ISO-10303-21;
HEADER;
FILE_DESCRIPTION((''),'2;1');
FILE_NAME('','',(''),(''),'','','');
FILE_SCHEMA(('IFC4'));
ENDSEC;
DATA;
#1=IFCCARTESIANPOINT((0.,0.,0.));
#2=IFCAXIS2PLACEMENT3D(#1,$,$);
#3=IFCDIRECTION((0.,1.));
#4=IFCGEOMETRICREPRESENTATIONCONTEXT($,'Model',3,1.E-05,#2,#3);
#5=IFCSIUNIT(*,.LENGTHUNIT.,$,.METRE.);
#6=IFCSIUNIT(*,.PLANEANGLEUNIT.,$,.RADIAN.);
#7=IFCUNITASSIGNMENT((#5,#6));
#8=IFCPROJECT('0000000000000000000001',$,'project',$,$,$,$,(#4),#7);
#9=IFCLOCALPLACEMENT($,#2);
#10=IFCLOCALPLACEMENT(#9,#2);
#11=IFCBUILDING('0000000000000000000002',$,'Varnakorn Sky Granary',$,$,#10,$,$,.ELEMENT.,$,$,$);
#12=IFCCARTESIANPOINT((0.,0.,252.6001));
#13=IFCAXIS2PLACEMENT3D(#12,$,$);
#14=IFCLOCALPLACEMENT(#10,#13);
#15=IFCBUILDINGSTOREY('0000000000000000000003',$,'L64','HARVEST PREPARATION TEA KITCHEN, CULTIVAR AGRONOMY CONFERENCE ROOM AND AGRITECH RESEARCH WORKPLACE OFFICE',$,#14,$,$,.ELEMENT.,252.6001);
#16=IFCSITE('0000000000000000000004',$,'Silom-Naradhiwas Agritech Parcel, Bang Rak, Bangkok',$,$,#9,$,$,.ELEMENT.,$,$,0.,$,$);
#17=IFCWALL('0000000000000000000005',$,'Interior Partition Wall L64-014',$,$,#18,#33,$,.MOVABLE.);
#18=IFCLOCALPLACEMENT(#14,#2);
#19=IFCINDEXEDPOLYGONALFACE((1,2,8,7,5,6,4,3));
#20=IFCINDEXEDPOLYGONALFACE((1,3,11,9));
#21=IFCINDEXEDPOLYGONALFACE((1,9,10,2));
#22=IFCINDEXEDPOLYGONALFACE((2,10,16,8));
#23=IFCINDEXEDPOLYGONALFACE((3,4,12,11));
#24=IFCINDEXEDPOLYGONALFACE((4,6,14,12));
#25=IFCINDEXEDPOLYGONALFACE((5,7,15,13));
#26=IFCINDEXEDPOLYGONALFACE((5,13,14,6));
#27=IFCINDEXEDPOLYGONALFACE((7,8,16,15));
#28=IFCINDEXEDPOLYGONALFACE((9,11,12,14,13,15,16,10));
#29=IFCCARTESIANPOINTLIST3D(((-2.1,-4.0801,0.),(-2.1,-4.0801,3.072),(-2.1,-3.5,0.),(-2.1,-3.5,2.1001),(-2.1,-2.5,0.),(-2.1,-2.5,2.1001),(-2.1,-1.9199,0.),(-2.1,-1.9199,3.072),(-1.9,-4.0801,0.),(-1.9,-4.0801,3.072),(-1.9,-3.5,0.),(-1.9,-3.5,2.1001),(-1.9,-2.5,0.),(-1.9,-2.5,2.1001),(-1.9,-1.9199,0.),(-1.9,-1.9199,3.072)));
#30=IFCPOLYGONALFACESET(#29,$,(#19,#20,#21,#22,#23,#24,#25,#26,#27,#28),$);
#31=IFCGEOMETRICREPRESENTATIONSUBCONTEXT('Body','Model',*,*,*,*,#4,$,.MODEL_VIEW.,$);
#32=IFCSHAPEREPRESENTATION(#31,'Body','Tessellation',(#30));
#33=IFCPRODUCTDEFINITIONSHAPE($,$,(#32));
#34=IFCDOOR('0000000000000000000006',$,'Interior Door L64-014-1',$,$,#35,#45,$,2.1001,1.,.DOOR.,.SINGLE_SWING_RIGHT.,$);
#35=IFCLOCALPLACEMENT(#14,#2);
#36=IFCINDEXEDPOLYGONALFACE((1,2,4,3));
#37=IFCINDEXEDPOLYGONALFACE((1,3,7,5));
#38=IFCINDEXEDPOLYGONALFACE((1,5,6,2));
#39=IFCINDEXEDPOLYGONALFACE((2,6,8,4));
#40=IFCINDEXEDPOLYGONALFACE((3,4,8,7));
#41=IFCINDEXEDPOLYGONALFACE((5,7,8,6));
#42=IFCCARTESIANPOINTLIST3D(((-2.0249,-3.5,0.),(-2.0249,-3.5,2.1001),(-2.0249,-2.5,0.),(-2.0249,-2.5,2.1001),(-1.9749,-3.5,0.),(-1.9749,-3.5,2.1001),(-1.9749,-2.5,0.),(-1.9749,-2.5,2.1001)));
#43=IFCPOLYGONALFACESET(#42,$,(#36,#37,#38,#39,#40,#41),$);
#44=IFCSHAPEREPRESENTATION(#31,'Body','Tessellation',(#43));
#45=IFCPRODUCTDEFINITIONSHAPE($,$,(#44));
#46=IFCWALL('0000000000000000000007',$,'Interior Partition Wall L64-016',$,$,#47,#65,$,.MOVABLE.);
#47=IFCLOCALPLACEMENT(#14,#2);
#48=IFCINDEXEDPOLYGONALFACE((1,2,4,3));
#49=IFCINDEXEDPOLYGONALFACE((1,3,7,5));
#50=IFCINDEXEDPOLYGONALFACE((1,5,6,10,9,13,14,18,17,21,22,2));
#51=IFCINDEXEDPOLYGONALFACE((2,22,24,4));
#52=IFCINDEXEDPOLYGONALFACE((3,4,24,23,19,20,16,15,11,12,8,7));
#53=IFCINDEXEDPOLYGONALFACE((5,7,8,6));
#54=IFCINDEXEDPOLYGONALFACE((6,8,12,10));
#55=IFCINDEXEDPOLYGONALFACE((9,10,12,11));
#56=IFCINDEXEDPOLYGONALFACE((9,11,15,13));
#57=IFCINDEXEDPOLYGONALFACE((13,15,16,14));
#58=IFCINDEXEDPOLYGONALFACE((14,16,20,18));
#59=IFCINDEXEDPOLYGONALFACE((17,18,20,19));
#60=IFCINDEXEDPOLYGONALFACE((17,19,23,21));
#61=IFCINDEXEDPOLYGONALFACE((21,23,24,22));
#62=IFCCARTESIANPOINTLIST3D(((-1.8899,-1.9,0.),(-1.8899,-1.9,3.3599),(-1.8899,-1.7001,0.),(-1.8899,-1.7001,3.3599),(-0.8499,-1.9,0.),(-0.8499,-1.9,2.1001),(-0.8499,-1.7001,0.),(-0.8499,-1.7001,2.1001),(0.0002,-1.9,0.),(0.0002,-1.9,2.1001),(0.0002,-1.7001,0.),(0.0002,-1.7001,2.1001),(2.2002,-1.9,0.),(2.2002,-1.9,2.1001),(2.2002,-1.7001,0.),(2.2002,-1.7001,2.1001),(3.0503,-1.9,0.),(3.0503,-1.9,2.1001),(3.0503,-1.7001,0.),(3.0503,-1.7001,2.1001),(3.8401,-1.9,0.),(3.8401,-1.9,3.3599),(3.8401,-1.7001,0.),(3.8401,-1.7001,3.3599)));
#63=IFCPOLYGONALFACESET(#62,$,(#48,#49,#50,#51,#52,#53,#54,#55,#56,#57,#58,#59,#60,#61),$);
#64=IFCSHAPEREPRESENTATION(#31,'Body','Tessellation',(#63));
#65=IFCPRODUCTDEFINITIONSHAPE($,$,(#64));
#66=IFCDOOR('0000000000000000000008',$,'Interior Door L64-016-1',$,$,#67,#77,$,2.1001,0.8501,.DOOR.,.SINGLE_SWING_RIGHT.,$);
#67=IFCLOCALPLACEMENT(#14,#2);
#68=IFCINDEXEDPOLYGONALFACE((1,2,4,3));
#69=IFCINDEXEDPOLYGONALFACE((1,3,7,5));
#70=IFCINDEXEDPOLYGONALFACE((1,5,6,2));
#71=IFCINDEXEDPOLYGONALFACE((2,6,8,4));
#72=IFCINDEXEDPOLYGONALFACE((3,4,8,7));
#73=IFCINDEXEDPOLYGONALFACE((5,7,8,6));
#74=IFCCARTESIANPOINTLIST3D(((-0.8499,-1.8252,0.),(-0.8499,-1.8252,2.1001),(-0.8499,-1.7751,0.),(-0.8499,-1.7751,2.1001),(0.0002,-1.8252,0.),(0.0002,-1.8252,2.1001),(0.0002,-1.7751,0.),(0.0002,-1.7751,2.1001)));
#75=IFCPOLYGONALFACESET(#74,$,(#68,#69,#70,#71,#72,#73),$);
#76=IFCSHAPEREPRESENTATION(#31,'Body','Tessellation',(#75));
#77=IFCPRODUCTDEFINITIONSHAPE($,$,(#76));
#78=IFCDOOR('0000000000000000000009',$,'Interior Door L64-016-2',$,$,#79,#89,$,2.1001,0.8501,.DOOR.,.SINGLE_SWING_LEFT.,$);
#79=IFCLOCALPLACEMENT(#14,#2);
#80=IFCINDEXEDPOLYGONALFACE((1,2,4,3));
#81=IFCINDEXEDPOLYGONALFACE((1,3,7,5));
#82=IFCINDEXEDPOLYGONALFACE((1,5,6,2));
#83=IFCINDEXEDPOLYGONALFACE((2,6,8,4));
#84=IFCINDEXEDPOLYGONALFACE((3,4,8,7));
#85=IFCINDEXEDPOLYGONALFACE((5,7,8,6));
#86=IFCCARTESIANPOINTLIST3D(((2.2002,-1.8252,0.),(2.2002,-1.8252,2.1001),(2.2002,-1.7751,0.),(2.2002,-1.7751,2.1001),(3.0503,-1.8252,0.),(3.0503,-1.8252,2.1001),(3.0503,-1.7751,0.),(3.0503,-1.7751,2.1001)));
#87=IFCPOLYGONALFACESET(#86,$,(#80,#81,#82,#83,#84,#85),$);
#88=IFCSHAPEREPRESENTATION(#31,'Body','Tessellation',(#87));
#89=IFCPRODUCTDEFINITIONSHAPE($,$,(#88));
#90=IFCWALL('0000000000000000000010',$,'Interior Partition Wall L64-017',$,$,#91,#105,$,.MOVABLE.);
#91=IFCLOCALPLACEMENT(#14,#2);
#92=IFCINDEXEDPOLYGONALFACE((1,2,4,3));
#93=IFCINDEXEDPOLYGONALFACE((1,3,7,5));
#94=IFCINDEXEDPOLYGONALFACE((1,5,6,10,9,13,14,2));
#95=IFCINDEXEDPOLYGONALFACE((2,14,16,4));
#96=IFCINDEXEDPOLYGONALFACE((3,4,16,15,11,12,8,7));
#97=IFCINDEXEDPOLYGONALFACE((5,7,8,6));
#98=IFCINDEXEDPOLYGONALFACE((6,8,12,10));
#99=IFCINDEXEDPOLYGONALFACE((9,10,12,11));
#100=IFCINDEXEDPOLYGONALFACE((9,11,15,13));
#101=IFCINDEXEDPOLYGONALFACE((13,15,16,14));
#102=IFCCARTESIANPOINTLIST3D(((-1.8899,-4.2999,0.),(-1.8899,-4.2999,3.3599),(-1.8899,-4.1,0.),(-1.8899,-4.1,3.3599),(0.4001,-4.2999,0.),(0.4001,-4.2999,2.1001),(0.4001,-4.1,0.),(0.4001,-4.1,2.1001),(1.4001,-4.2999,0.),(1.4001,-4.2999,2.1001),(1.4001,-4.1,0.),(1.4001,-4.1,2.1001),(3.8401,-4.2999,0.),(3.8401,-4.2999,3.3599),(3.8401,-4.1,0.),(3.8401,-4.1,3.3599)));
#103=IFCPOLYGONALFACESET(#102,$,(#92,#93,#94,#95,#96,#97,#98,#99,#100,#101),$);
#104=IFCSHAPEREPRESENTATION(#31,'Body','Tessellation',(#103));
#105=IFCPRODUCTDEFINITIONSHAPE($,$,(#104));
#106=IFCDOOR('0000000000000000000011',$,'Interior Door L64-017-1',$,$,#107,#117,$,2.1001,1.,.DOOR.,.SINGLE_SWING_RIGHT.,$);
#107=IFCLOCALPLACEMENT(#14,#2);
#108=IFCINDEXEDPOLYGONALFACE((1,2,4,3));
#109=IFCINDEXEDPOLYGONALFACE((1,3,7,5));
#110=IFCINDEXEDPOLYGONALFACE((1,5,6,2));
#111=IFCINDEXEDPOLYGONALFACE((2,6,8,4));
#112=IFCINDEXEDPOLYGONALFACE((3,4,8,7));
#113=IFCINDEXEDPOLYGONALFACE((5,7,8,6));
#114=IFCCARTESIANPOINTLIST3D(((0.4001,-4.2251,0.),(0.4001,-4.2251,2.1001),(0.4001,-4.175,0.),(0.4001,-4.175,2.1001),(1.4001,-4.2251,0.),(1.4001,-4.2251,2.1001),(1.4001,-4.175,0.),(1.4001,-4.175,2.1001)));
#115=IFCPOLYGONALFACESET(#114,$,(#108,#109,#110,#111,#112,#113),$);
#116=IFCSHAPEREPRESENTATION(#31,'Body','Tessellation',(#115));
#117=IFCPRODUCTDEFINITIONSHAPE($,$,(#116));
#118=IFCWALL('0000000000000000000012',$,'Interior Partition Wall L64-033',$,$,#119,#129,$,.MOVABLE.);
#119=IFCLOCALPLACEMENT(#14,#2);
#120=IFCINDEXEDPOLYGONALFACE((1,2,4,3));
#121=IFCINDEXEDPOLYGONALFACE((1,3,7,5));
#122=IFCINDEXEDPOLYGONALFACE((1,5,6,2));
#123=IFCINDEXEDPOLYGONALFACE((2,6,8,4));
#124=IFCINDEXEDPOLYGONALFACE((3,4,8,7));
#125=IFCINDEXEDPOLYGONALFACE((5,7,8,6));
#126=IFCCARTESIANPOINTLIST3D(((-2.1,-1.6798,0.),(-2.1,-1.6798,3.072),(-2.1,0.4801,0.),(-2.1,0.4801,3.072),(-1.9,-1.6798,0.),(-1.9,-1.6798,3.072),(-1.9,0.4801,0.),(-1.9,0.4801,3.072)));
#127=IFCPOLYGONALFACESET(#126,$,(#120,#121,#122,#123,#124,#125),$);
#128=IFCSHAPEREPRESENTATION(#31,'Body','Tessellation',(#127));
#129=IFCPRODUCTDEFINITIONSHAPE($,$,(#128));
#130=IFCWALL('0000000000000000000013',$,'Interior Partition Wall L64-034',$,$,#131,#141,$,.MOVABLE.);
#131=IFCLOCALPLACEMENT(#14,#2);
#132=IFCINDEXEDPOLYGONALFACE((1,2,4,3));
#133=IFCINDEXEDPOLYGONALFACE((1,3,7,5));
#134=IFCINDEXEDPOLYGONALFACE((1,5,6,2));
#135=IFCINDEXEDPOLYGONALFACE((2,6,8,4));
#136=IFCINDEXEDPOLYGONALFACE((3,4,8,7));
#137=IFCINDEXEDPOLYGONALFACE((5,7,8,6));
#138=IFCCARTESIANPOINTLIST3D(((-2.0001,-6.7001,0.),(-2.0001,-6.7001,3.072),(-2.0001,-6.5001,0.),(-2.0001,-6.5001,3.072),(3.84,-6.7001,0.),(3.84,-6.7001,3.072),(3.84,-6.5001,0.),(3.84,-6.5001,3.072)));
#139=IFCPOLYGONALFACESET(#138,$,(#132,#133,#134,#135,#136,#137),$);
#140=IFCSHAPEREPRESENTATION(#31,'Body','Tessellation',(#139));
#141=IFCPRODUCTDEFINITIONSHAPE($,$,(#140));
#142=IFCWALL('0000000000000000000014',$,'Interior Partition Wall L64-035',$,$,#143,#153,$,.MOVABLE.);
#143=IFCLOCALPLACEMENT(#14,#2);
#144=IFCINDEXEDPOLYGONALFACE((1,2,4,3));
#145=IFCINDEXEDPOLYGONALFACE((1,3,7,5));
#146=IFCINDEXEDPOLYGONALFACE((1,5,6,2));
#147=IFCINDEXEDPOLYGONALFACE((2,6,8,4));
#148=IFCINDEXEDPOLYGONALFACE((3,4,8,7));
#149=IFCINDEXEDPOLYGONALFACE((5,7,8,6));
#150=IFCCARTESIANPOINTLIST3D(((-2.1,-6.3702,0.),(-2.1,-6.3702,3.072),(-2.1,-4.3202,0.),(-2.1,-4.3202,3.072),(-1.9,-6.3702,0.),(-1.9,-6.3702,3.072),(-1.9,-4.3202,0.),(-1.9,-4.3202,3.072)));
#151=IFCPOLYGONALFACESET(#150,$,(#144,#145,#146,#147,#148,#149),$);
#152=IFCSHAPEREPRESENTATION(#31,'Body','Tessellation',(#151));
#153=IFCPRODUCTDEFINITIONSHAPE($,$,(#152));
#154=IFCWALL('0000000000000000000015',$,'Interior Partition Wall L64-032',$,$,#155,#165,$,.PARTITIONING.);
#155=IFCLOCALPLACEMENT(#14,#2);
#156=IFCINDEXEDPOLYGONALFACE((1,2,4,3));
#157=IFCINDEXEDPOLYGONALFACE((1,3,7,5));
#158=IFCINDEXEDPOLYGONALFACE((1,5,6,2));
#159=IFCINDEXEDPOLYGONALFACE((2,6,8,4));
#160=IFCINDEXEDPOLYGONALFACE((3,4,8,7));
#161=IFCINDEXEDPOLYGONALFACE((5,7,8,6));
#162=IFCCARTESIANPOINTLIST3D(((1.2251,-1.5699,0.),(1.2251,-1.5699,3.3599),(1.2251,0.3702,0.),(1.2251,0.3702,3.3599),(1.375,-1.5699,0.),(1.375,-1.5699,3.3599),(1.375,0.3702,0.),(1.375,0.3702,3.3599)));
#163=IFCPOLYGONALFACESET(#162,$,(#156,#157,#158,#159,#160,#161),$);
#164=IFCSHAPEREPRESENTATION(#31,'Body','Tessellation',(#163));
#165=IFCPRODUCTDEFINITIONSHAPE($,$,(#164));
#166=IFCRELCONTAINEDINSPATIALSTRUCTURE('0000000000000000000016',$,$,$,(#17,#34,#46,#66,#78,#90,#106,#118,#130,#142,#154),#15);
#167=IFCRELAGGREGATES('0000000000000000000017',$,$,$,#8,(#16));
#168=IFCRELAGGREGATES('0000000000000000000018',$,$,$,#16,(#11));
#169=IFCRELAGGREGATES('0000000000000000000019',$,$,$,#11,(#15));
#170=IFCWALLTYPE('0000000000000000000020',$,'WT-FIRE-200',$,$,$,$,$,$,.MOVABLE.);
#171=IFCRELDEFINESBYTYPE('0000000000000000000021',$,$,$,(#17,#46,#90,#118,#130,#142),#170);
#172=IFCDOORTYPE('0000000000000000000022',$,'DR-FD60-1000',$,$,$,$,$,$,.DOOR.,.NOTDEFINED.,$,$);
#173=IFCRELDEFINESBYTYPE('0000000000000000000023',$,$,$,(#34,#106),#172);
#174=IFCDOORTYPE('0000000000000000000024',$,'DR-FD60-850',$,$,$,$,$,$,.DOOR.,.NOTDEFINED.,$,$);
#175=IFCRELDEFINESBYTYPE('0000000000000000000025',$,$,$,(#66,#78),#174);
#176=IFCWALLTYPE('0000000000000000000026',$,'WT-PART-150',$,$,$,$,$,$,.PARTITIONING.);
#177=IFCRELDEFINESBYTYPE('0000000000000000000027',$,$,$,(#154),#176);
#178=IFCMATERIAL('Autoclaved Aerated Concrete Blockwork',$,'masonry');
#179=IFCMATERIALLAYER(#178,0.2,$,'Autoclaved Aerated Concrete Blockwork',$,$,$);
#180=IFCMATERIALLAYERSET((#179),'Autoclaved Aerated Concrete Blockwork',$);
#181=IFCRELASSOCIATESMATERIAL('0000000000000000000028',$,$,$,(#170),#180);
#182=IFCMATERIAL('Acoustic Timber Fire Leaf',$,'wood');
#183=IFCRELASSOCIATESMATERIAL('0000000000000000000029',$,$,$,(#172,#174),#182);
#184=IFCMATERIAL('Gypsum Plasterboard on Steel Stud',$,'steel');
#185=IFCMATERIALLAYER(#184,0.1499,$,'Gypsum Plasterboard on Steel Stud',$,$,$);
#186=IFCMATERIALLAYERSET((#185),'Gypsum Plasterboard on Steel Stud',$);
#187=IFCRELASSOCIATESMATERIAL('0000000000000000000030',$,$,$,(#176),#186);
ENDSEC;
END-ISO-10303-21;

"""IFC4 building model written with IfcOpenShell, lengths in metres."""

from ifc_helpers import new_model, si_unit, direction, frame, frame_2d, origin, place, context, subcontext, project, spatial, rectangle, extrude, material, layer, layer_set, type_object, element, fill, save


model = new_model("IFC4")

# Units and contexts
model_context = context("Model", 3, precision=1e-05, world=origin(), true_north=direction((0.0, 1.0)))
body_context = subcontext(model_context, "Body", "Model", "MODEL_VIEW")
ifc_project = project(units=[si_unit("LENGTHUNIT", "METRE"), si_unit("PLANEANGLEUNIT", "RADIAN")], contexts=[model_context])

# Site, building, storey
site_placement = place(None, origin())
site = spatial("IfcSite", under=ifc_project, at=site_placement, Name="Silom-Naradhiwas Agritech Parcel, Bang Rak, Bangkok", CompositionType="ELEMENT", RefElevation=0.0)
building_placement = place(site_placement, origin())
building = spatial("IfcBuilding", under=site, at=building_placement, Name="Varnakorn Sky Granary", CompositionType="ELEMENT")
storey_placement = place(building_placement, frame((0.0, 0.0, 252.6001)))
storey = spatial("IfcBuildingStorey", under=building, at=storey_placement, Name="L64", Description="HARVEST PREPARATION TEA KITCHEN, CULTIVAR AGRONOMY CONFERENCE ROOM AND AGRITECH RESEARCH WORKPLACE OFFICE", CompositionType="ELEMENT", Elevation=252.6001)

# Wall, opening, door
ifc_material_1 = material(Name="Autoclaved Aerated Concrete Blockwork", Category="masonry")
ifc_layer_1 = layer(ifc_material_1, 0.2, Name="Autoclaved Aerated Concrete Blockwork")
ifc_layer_set_1 = layer_set([ifc_layer_1], Name="Autoclaved Aerated Concrete Blockwork")
wall_type_1 = type_object("IfcWallType", Name="WT-FIRE-200", PredefinedType="MOVABLE", material=ifc_layer_set_1)
wall_1_placement = place(storey_placement, frame((-2.0, -4.0801, 0.0), z_axis=(0.0, 0.0, 1.0), x_axis=(0.0, 1.0, 0.0)))
wall_1 = element("IfcWall", 1, at=wall_1_placement, inside=storey, type_object=wall_type_1, Name="Interior Partition Wall L64-014", PredefinedType="MOVABLE", context=body_context, shape_type="SweptSolid", body=[
    extrude(rectangle(XDim=2.1602, YDim=0.2, at=frame_2d((1.0801, 0.0))), origin(), (0.0, 0.0, 1.0), 3.072),
])
opening_1_placement = place(wall_1_placement, frame((0.5801, 0.0, 0.0)))
opening_1 = element("IfcOpeningElement", 2, at=opening_1_placement, cuts=wall_1, PredefinedType="OPENING", context=body_context, shape_type="SweptSolid", body=[
    extrude(rectangle(XDim=1.0, YDim=2.1001, at=frame_2d((0.5, 1.05))), frame((0.0, 0.1099, 0.0), z_axis=(0.0, -1.0, 0.0), x_axis=(1.0, 0.0, 0.0)), (0.0, 0.0, 1.0), 0.22),
])
ifc_material_2 = material(Name="Acoustic Timber Fire Leaf", Category="wood")
door_type_1 = type_object("IfcDoorType", Name="DR-FD60-1000", OperationType="NOTDEFINED", PredefinedType="DOOR", material=ifc_material_2)
door_1_placement = place(opening_1_placement, origin())
door_1 = element("IfcDoor", 3, at=door_1_placement, inside=storey, type_object=door_type_1, Name="Interior Door L64-014-1", OperationType="SINGLE_SWING_RIGHT", OverallHeight=2.1001, OverallWidth=1.0, PredefinedType="DOOR", context=body_context, shape_type="SweptSolid", body=[
    extrude(rectangle(XDim=1.0, YDim=2.1001, at=frame_2d((0.5, 1.05))), frame((0.0, 0.0249, 0.0), z_axis=(0.0, -1.0, 0.0), x_axis=(1.0, 0.0, 0.0)), (0.0, 0.0, 1.0), 0.05),
])
fill(opening_1, door_1)

# Wall, openings, doors
wall_2_placement = place(storey_placement, frame((-1.8899, -1.8, 0.0), z_axis=(0.0, 0.0, 1.0), x_axis=(1.0, 0.0, 0.0)))
wall_2 = element("IfcWall", 4, at=wall_2_placement, inside=storey, type_object=wall_type_1, Name="Interior Partition Wall L64-016", PredefinedType="MOVABLE", context=body_context, shape_type="SweptSolid", body=[
    extrude(rectangle(XDim=5.73, YDim=0.2, at=frame_2d((2.865, 0.0))), origin(), (0.0, 0.0, 1.0), 3.3599),
])
opening_2_placement = place(wall_2_placement, frame((1.04, 0.0, 0.0)))
opening_2 = element("IfcOpeningElement", 5, at=opening_2_placement, cuts=wall_2, PredefinedType="OPENING", context=body_context, shape_type="SweptSolid", body=[
    extrude(rectangle(XDim=0.8501, YDim=2.1001, at=frame_2d((0.425, 1.05))), frame((0.0, 0.1099, 0.0), z_axis=(0.0, -1.0, 0.0), x_axis=(1.0, 0.0, 0.0)), (0.0, 0.0, 1.0), 0.22),
])
opening_3_placement = place(wall_2_placement, frame((4.0901, 0.0, 0.0)))
opening_3 = element("IfcOpeningElement", 6, at=opening_3_placement, cuts=wall_2, PredefinedType="OPENING", context=body_context, shape_type="SweptSolid", body=[
    extrude(rectangle(XDim=0.8501, YDim=2.1001, at=frame_2d((0.425, 1.05))), frame((0.0, 0.1099, 0.0), z_axis=(0.0, -1.0, 0.0), x_axis=(1.0, 0.0, 0.0)), (0.0, 0.0, 1.0), 0.22),
])
door_type_2 = type_object("IfcDoorType", Name="DR-FD60-850", OperationType="NOTDEFINED", PredefinedType="DOOR", material=ifc_material_2)
door_2_placement = place(opening_2_placement, origin())
door_2 = element("IfcDoor", 7, at=door_2_placement, inside=storey, type_object=door_type_2, Name="Interior Door L64-016-1", OperationType="SINGLE_SWING_RIGHT", OverallHeight=2.1001, OverallWidth=0.8501, PredefinedType="DOOR", context=body_context, shape_type="SweptSolid", body=[
    extrude(rectangle(XDim=0.8501, YDim=2.1001, at=frame_2d((0.425, 1.05))), frame((0.0, 0.0249, 0.0), z_axis=(0.0, -1.0, 0.0), x_axis=(1.0, 0.0, 0.0)), (0.0, 0.0, 1.0), 0.05),
])
fill(opening_2, door_2)
door_3_placement = place(opening_3_placement, origin())
door_3 = element("IfcDoor", 8, at=door_3_placement, inside=storey, type_object=door_type_2, Name="Interior Door L64-016-2", OperationType="SINGLE_SWING_LEFT", OverallHeight=2.1001, OverallWidth=0.8501, PredefinedType="DOOR", context=body_context, shape_type="SweptSolid", body=[
    extrude(rectangle(XDim=0.8501, YDim=2.1001, at=frame_2d((0.425, 1.05))), frame((0.0, 0.0249, 0.0), z_axis=(0.0, -1.0, 0.0), x_axis=(1.0, 0.0, 0.0)), (0.0, 0.0, 1.0), 0.05),
])
fill(opening_3, door_3)

# Wall, opening, door
wall_3_placement = place(storey_placement, frame((-1.8899, -4.2, 0.0), z_axis=(0.0, 0.0, 1.0), x_axis=(1.0, 0.0, 0.0)))
wall_3 = element("IfcWall", 9, at=wall_3_placement, inside=storey, type_object=wall_type_1, Name="Interior Partition Wall L64-017", PredefinedType="MOVABLE", context=body_context, shape_type="SweptSolid", body=[
    extrude(rectangle(XDim=5.73, YDim=0.2, at=frame_2d((2.865, 0.0))), origin(), (0.0, 0.0, 1.0), 3.3599),
])
opening_4_placement = place(wall_3_placement, frame((2.29, 0.0, 0.0)))
opening_4 = element("IfcOpeningElement", 10, at=opening_4_placement, cuts=wall_3, PredefinedType="OPENING", context=body_context, shape_type="SweptSolid", body=[
    extrude(rectangle(XDim=1.0, YDim=2.1001, at=frame_2d((0.5, 1.05))), frame((0.0, 0.1099, 0.0), z_axis=(0.0, -1.0, 0.0), x_axis=(1.0, 0.0, 0.0)), (0.0, 0.0, 1.0), 0.22),
])
door_4_placement = place(opening_4_placement, origin())
door_4 = element("IfcDoor", 11, at=door_4_placement, inside=storey, type_object=door_type_1, Name="Interior Door L64-017-1", OperationType="SINGLE_SWING_RIGHT", OverallHeight=2.1001, OverallWidth=1.0, PredefinedType="DOOR", context=body_context, shape_type="SweptSolid", body=[
    extrude(rectangle(XDim=1.0, YDim=2.1001, at=frame_2d((0.5, 1.05))), frame((0.0, 0.0249, 0.0), z_axis=(0.0, -1.0, 0.0), x_axis=(1.0, 0.0, 0.0)), (0.0, 0.0, 1.0), 0.05),
])
fill(opening_4, door_4)

# Walls
wall_4_placement = place(storey_placement, frame((-2.0, -1.6799, 0.0), z_axis=(0.0, 0.0, 1.0), x_axis=(0.0, 1.0, 0.0)))
element("IfcWall", 12, at=wall_4_placement, inside=storey, type_object=wall_type_1, Name="Interior Partition Wall L64-033", PredefinedType="MOVABLE", context=body_context, shape_type="SweptSolid", body=[
    extrude(rectangle(XDim=2.1599, YDim=0.2, at=frame_2d((1.0801, 0.0))), origin(), (0.0, 0.0, 1.0), 3.072),
])
wall_5_placement = place(storey_placement, frame((-2.0, -6.6001, 0.0), z_axis=(0.0, 0.0, 1.0), x_axis=(1.0, 0.0, 0.0)))
element("IfcWall", 13, at=wall_5_placement, inside=storey, type_object=wall_type_1, Name="Interior Partition Wall L64-034", PredefinedType="MOVABLE", context=body_context, shape_type="SweptSolid", body=[
    extrude(rectangle(XDim=5.8401, YDim=0.2, at=frame_2d((2.9199, 0.0))), origin(), (0.0, 0.0, 1.0), 3.072),
])
wall_6_placement = place(storey_placement, frame((-2.0, -6.3701, 0.0), z_axis=(0.0, 0.0, 1.0), x_axis=(0.0, 1.0, 0.0)))
element("IfcWall", 14, at=wall_6_placement, inside=storey, type_object=wall_type_1, Name="Interior Partition Wall L64-035", PredefinedType="MOVABLE", context=body_context, shape_type="SweptSolid", body=[
    extrude(rectangle(XDim=2.05, YDim=0.2, at=frame_2d((1.0249, 0.0))), origin(), (0.0, 0.0, 1.0), 3.072),
])
ifc_material_3 = material(Name="Gypsum Plasterboard on Steel Stud", Category="steel")
ifc_layer_2 = layer(ifc_material_3, 0.1499, Name="Gypsum Plasterboard on Steel Stud")
ifc_layer_set_2 = layer_set([ifc_layer_2], Name="Gypsum Plasterboard on Steel Stud")
wall_type_2 = type_object("IfcWallType", Name="WT-PART-150", PredefinedType="PARTITIONING", material=ifc_layer_set_2)
wall_7_placement = place(storey_placement, frame((1.3, -1.5701, 0.0), z_axis=(0.0, 0.0, 1.0), x_axis=(0.0, 1.0, 0.0)))
element("IfcWall", 15, at=wall_7_placement, inside=storey, type_object=wall_type_2, Name="Interior Partition Wall L64-032", PredefinedType="PARTITIONING", context=body_context, shape_type="SweptSolid", body=[
    extrude(rectangle(XDim=1.9402, YDim=0.1499, at=frame_2d((0.9702, 0.0))), origin(), (0.0, 0.0, 1.0), 3.3599),
])

save(model, "model.ifc")
